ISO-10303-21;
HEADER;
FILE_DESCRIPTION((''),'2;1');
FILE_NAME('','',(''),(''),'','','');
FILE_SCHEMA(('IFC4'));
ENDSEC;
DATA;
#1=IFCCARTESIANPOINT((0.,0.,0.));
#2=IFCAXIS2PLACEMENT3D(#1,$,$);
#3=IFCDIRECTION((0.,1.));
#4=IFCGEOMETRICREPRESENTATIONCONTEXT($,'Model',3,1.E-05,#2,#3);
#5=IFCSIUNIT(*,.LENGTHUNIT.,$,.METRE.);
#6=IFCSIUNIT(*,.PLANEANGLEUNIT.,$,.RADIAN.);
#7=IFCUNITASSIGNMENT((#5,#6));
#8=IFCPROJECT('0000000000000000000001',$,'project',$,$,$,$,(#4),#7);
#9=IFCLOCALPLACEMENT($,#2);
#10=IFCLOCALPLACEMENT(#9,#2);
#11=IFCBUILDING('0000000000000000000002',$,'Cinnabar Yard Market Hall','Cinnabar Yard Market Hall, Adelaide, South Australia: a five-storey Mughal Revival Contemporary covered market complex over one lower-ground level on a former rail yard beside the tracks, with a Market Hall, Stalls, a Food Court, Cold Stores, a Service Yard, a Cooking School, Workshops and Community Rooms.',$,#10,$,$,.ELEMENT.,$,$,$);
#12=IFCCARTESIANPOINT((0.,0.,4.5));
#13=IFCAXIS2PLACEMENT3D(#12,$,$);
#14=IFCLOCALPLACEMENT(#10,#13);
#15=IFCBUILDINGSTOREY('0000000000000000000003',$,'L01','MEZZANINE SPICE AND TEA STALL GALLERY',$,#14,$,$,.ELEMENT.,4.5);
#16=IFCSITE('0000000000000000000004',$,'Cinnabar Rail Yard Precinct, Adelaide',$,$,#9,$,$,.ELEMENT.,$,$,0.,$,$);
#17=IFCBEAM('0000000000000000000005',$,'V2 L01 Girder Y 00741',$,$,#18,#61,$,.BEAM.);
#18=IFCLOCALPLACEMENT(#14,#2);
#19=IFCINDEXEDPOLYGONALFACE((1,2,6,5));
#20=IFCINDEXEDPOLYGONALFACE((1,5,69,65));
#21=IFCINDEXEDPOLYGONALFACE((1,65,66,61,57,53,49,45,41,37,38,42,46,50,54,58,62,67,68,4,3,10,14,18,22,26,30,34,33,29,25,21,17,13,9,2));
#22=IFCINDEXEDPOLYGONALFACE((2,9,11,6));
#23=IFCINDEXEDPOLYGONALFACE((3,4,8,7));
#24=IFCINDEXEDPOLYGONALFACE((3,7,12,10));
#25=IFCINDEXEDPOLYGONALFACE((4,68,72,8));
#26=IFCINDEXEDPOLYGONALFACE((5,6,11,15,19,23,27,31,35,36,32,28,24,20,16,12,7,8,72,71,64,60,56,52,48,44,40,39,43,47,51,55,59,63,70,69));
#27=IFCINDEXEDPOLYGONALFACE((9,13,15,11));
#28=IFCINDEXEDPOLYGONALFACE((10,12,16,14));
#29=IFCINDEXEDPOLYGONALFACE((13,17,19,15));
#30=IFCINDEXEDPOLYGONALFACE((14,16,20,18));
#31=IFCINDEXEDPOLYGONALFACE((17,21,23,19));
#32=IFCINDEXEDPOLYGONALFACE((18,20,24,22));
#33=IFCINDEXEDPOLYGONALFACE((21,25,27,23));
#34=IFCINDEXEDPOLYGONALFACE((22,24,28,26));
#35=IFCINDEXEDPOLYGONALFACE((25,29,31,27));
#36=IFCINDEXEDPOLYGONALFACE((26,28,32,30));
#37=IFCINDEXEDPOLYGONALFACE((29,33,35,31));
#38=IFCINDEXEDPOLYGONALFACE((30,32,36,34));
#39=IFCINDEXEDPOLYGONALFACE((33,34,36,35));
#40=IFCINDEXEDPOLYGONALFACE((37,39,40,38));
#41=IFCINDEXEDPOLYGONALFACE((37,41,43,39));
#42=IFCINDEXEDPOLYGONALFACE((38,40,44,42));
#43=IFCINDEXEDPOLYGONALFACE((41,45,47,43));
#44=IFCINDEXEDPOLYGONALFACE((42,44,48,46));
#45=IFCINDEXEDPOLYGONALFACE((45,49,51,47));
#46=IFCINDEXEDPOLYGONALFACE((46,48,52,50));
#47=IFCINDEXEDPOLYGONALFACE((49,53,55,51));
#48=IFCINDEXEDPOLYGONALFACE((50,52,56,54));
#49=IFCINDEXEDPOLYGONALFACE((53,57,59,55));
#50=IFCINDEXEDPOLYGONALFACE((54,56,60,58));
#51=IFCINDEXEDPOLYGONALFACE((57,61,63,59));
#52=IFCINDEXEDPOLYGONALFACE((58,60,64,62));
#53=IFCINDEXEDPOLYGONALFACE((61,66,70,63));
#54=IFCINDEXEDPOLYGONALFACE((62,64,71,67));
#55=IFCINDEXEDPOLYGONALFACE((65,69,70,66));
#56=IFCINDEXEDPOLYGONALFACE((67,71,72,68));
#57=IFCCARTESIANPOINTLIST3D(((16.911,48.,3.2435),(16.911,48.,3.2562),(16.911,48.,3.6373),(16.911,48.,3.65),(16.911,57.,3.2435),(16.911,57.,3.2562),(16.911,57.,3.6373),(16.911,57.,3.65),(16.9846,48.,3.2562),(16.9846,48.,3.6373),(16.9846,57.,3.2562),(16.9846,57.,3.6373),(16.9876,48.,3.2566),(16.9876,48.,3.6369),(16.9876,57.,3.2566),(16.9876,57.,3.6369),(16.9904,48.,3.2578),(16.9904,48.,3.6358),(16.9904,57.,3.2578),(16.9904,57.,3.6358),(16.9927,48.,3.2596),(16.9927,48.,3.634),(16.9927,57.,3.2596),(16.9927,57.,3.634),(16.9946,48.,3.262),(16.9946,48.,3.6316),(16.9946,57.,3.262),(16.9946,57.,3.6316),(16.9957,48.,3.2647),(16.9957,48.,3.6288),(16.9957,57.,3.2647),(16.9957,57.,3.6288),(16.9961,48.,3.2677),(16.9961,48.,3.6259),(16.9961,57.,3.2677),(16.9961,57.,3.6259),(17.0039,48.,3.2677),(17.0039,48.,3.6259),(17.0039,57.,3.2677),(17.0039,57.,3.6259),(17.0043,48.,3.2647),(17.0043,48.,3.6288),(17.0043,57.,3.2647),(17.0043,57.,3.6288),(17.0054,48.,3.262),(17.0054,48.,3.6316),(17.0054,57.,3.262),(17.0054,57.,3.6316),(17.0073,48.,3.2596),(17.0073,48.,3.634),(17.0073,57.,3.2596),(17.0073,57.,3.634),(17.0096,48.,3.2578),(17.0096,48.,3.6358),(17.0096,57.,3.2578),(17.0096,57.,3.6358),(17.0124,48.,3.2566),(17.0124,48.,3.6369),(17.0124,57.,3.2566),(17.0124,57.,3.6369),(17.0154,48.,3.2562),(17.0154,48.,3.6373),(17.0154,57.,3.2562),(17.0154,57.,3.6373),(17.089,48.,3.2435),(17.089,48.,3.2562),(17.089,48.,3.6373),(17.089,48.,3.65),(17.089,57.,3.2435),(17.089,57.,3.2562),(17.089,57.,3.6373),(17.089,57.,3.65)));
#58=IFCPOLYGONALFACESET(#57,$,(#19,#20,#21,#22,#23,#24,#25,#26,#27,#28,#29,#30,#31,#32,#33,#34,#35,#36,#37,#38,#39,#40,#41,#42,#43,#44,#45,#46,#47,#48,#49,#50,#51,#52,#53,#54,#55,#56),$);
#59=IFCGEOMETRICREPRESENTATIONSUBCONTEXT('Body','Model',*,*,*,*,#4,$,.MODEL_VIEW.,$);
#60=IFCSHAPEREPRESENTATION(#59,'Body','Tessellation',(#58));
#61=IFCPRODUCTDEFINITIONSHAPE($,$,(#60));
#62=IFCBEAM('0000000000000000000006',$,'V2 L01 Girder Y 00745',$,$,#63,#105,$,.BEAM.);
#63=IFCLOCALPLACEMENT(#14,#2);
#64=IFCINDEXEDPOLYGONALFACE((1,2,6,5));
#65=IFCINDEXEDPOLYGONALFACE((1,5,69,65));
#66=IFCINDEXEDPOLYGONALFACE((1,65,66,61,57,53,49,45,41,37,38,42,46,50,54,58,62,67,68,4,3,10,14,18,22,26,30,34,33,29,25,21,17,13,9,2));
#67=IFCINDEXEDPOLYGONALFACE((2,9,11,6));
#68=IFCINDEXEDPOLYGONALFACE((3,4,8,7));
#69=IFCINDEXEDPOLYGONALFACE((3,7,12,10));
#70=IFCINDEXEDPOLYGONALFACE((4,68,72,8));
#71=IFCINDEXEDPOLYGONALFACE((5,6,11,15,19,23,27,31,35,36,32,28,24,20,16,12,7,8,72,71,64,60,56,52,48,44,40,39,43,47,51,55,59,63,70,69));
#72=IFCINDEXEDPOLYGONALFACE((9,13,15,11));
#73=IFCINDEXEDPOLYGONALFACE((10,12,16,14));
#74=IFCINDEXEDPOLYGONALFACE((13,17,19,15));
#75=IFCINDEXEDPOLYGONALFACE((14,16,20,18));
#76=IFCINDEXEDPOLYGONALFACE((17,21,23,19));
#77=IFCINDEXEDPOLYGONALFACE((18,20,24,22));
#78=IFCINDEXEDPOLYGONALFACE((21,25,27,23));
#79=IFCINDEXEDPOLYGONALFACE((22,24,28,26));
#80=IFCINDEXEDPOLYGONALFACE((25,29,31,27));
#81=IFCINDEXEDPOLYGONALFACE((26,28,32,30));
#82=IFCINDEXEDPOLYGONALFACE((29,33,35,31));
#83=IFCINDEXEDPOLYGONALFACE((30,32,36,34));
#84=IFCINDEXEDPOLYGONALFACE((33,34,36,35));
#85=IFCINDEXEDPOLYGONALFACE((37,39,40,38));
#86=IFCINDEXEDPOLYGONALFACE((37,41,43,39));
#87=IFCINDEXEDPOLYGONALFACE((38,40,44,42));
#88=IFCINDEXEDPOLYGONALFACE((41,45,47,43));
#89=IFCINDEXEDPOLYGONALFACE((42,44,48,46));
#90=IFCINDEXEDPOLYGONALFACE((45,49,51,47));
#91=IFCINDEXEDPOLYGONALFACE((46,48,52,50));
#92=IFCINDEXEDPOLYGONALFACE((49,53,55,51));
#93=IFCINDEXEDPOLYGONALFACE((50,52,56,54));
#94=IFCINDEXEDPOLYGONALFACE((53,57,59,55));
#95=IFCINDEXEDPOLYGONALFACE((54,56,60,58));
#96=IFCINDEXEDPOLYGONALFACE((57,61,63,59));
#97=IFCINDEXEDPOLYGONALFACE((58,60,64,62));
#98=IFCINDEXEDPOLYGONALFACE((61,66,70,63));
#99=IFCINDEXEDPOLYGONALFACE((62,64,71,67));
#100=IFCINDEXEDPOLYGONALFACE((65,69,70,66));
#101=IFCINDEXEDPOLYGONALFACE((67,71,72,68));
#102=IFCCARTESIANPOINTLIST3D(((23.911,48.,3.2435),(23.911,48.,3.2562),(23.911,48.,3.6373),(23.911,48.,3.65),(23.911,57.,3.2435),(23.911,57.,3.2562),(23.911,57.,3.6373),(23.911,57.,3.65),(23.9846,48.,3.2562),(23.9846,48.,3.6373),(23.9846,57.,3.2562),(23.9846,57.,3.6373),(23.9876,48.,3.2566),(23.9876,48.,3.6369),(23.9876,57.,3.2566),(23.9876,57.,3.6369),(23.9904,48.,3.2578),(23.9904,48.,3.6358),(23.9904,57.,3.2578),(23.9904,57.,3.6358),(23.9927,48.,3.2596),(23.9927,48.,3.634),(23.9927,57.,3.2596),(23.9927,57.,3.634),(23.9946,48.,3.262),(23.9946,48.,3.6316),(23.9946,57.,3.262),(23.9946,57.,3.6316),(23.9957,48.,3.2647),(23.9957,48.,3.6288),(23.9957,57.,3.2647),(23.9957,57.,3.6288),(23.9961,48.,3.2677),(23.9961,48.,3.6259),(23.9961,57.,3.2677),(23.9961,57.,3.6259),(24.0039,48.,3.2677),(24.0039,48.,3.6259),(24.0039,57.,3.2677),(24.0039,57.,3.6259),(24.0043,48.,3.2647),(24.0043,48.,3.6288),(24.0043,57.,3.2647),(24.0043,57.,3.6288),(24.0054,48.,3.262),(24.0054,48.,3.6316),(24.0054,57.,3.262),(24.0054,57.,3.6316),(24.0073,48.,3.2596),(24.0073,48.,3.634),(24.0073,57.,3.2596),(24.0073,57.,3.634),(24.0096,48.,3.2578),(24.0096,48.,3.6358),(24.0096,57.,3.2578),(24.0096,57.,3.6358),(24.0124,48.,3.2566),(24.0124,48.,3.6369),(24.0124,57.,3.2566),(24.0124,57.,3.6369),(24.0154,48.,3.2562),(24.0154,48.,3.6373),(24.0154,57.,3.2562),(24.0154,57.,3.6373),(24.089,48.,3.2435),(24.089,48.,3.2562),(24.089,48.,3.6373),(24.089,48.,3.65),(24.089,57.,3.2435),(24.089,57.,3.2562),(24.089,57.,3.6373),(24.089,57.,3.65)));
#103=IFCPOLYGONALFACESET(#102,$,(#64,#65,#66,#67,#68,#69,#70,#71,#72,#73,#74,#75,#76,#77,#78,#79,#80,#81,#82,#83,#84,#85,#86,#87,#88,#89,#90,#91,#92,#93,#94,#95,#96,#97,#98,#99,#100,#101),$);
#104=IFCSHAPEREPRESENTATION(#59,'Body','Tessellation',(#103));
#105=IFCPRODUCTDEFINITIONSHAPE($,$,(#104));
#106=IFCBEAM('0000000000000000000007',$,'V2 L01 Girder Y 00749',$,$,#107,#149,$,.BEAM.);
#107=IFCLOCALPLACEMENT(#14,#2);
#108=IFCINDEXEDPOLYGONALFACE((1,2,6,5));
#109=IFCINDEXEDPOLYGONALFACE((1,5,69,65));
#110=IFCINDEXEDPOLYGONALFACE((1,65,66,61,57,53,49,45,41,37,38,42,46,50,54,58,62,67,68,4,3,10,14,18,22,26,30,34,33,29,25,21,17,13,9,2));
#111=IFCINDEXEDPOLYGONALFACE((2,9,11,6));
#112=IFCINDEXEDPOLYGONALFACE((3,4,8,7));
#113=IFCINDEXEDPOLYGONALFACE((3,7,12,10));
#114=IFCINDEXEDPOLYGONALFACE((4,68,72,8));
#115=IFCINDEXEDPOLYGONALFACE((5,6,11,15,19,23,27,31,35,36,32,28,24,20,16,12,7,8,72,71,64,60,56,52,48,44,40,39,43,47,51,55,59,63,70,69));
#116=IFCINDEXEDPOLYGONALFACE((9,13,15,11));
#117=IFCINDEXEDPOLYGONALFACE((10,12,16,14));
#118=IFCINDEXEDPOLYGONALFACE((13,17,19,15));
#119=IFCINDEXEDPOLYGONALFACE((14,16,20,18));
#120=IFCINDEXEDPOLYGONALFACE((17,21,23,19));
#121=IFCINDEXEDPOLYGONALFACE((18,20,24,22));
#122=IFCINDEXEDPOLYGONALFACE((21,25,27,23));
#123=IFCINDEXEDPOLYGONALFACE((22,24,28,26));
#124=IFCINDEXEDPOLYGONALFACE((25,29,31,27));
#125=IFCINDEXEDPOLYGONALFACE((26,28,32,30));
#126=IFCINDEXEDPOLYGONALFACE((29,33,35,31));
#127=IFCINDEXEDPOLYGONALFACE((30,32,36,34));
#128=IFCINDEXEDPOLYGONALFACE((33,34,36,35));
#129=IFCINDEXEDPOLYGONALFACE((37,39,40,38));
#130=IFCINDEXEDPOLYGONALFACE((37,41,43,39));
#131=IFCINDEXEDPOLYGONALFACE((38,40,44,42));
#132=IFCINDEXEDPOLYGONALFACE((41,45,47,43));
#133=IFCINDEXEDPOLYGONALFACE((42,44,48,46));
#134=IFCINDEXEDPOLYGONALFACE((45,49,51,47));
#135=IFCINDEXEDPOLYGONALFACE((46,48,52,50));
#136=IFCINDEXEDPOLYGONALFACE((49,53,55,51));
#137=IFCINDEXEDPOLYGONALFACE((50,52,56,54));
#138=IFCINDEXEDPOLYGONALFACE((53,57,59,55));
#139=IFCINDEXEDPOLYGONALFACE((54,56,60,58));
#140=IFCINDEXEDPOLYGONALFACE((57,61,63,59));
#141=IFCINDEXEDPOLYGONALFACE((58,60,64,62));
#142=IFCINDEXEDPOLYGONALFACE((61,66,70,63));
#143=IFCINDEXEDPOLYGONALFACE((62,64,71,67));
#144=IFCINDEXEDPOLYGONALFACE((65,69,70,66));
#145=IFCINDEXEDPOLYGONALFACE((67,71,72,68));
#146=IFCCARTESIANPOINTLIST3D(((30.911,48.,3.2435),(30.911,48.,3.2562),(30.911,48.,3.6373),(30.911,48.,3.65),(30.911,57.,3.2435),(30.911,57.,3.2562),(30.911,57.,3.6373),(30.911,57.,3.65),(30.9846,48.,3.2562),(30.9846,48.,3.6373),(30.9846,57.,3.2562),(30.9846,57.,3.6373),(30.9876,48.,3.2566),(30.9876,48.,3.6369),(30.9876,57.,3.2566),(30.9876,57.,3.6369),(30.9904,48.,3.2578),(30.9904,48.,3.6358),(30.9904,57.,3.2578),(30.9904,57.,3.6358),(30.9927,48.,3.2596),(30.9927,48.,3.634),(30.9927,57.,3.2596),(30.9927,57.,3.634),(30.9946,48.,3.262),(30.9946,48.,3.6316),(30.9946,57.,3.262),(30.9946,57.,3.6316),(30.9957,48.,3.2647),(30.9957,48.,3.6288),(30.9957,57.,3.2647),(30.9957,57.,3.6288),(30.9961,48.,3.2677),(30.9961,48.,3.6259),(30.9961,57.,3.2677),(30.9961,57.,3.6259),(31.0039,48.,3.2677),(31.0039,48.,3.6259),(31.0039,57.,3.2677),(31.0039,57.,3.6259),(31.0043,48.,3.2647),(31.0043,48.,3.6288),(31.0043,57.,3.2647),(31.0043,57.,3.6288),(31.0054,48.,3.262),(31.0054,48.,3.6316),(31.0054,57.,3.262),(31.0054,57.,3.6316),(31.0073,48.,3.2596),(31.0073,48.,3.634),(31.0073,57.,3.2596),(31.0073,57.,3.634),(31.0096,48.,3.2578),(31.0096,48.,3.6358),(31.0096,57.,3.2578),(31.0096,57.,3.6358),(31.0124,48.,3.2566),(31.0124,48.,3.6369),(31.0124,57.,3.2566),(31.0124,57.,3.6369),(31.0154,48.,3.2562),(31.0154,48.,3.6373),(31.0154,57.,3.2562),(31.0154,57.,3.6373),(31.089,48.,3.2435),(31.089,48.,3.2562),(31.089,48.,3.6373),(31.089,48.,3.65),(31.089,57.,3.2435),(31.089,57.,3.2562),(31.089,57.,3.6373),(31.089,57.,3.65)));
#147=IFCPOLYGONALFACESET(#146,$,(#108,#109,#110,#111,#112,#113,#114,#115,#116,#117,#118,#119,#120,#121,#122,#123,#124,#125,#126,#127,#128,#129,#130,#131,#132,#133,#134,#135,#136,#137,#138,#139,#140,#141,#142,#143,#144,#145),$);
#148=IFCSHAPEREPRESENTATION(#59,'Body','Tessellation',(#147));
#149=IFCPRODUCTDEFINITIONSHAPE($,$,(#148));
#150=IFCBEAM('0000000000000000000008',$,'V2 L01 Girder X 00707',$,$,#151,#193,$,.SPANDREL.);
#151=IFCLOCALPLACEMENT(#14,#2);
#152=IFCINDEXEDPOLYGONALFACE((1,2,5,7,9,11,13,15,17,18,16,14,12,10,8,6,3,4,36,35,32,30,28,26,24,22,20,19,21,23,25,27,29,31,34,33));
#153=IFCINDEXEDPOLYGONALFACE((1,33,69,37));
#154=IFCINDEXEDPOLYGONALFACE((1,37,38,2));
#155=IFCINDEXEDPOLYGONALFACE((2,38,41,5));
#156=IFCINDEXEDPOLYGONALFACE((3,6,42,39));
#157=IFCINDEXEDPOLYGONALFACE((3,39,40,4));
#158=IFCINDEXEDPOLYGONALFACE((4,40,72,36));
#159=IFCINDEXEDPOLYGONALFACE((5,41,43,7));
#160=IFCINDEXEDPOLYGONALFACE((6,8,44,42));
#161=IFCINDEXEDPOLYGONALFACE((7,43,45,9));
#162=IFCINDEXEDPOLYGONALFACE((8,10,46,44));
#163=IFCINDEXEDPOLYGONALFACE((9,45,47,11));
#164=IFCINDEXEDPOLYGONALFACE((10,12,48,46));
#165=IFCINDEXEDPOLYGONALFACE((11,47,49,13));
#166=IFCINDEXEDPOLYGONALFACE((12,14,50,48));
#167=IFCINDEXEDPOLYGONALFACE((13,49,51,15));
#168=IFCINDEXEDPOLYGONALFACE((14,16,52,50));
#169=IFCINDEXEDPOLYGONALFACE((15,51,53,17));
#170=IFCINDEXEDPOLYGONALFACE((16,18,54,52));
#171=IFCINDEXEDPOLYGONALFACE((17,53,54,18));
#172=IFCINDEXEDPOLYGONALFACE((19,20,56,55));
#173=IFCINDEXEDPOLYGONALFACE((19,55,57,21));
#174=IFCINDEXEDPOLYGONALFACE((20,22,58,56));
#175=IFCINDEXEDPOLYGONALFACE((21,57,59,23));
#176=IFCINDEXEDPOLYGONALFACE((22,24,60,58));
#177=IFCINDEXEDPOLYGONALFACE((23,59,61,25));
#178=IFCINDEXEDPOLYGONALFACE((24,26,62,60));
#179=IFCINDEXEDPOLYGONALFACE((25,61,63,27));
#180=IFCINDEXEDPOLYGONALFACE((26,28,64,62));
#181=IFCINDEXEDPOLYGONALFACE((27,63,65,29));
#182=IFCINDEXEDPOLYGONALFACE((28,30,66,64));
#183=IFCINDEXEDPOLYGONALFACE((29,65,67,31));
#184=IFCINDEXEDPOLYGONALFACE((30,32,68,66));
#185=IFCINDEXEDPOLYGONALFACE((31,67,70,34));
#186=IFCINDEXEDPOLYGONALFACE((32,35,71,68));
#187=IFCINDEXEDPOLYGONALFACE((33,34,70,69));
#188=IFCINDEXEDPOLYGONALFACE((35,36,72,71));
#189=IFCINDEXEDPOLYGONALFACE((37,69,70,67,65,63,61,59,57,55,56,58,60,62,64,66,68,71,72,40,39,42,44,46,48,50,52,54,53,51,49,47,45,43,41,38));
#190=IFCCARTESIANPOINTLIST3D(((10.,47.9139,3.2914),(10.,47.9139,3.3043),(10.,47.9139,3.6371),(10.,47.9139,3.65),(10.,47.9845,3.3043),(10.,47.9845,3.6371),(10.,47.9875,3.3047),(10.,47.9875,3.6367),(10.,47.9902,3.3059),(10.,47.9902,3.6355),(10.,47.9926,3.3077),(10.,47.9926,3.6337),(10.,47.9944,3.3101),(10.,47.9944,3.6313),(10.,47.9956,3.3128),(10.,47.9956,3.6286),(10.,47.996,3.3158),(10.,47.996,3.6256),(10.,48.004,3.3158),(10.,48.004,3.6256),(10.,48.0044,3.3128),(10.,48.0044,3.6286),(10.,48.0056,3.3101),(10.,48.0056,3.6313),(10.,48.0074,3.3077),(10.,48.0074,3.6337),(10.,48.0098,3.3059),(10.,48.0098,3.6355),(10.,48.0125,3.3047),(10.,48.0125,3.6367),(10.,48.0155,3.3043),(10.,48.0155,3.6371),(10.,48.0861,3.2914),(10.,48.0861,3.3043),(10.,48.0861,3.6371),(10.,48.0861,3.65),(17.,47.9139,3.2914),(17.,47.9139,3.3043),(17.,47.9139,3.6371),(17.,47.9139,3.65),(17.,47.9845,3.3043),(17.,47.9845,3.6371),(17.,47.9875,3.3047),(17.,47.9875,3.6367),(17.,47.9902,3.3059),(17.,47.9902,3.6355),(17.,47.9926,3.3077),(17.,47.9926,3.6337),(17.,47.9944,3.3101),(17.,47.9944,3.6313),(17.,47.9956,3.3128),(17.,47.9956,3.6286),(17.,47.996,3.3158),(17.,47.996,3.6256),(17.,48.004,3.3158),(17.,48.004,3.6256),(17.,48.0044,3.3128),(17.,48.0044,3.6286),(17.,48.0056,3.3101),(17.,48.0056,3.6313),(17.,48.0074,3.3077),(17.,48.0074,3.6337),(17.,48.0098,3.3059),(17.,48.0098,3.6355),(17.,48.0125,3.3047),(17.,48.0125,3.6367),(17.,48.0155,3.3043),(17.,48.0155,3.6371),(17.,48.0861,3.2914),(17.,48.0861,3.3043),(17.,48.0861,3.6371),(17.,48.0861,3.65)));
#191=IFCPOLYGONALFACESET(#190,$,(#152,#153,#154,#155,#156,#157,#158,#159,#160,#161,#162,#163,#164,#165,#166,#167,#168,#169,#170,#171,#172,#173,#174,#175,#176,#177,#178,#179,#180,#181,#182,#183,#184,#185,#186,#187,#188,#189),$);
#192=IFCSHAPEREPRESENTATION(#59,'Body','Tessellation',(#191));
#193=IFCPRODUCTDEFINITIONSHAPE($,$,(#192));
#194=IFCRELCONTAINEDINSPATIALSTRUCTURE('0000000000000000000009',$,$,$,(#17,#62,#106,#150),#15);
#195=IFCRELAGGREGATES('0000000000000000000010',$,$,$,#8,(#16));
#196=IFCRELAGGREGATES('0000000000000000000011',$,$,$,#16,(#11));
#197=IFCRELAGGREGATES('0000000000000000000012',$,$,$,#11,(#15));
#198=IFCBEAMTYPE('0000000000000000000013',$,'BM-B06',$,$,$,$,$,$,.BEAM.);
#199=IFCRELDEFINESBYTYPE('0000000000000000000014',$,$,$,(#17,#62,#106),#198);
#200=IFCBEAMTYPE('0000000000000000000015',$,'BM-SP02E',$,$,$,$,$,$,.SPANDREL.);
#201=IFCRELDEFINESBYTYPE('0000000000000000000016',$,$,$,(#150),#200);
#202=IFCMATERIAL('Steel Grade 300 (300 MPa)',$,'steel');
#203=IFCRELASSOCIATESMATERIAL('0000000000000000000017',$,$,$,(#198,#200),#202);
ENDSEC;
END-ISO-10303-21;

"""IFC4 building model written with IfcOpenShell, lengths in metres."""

from ifc_helpers import new_model, si_unit, direction, frame, origin, origin_2d_with_axis, place, context, subcontext, project, spatial, i_section, extrude, material, material_profile, profile_set, type_object, element, save


model = new_model("IFC4")

# Units and contexts
model_context = context("Model", 3, precision=1e-05, world=origin(), true_north=direction((0.0, 1.0)))
body_context = subcontext(model_context, "Body", "Model", "MODEL_VIEW")
ifc_project = project(units=[si_unit("LENGTHUNIT", "METRE"), si_unit("PLANEANGLEUNIT", "RADIAN")], contexts=[model_context])

# Site, building, storey
site_placement = place(None, origin())
site = spatial("IfcSite", under=ifc_project, at=site_placement, Name="Cinnabar Rail Yard Precinct, Adelaide", CompositionType="ELEMENT", RefElevation=0.0)
building_placement = place(site_placement, origin())
building = spatial("IfcBuilding", under=site, at=building_placement, Name="Cinnabar Yard Market Hall", Description="Cinnabar Yard Market Hall, Adelaide, South Australia: a five-storey Mughal Revival Contemporary covered market complex over one lower-ground level on a former rail yard beside the tracks, with a Market Hall, Stalls, a Food Court, Cold Stores, a Service Yard, a Cooking School, Workshops and Community Rooms.", CompositionType="ELEMENT")
storey_placement = place(building_placement, frame((0.0, 0.0, 4.5)))
storey = spatial("IfcBuildingStorey", under=building, at=storey_placement, Name="L01", Description="MEZZANINE SPICE AND TEA STALL GALLERY", CompositionType="ELEMENT", Elevation=4.5)

# Shared definitions
ifc_material_1 = material(Name="Steel Grade 300 (300 MPa)", Category="steel")

# Beams
ifc_material_profile_1 = material_profile(ifc_material_1, i_section(OverallWidth=0.178, OverallDepth=0.4065, WebThickness=0.0078, FlangeThickness=0.0127, FilletRadius=0.0115, at=origin_2d_with_axis()), Name="410UB59.7")
ifc_profile_set_1 = profile_set([ifc_material_profile_1], Name="Steel Grade 300 (300 MPa)")
beam_type_1 = type_object("IfcBeamType", Name="BM-B06", PredefinedType="BEAM", material=ifc_profile_set_1)
for number, where, z_axis, x_axis, name in (
    (1, (17.0, 48.0, 3.4468), (0.0, 1.0, 0.0), (-1.0, 0.0, 0.0), "V2 L01 Girder Y 00741"),
    (2, (24.0, 48.0, 3.4468), (0.0, 1.0, 0.0), (-1.0, 0.0, 0.0), "V2 L01 Girder Y 00745"),
    (3, (31.0, 48.0, 3.4468), (0.0, 1.0, 0.0), (-1.0, 0.0, 0.0), "V2 L01 Girder Y 00749"),
):
    element("IfcBeam", number, at=place(storey_placement, frame(where, z_axis=z_axis, x_axis=x_axis)), inside=storey, type_object=beam_type_1, Name=name, PredefinedType="BEAM", context=body_context, shape_type="SweptSolid", body=[
        extrude(i_section(OverallWidth=0.178, OverallDepth=0.4065, WebThickness=0.0078, FlangeThickness=0.0127, FilletRadius=0.0115, at=origin_2d_with_axis()), origin(), (0.0, 0.0, 1.0), 9.0),
    ])
ifc_material_profile_2 = material_profile(ifc_material_1, i_section(OverallWidth=0.1721, OverallDepth=0.3586, WebThickness=0.0081, FlangeThickness=0.0129, FilletRadius=0.0115, at=origin_2d_with_axis()), Name="360UB56.7")
ifc_profile_set_2 = profile_set([ifc_material_profile_2], Name="Steel Grade 300 (300 MPa)")
beam_type_2 = type_object("IfcBeamType", Name="BM-SP02E", PredefinedType="SPANDREL", material=ifc_profile_set_2)
for number, where, z_axis, x_axis, name in (
    (4, (10.0, 48.0, 3.4707), (1.0, 0.0, 0.0), (0.0, 1.0, 0.0), "V2 L01 Girder X 00707"),
):
    element("IfcBeam", number, at=place(storey_placement, frame(where, z_axis=z_axis, x_axis=x_axis)), inside=storey, type_object=beam_type_2, Name=name, PredefinedType="SPANDREL", context=body_context, shape_type="SweptSolid", body=[
        extrude(i_section(OverallWidth=0.1721, OverallDepth=0.3586, WebThickness=0.0081, FlangeThickness=0.0129, FilletRadius=0.0115, at=origin_2d_with_axis()), origin(), (0.0, 0.0, 1.0), 7.0),
    ])

save(model, "model.ifc")
